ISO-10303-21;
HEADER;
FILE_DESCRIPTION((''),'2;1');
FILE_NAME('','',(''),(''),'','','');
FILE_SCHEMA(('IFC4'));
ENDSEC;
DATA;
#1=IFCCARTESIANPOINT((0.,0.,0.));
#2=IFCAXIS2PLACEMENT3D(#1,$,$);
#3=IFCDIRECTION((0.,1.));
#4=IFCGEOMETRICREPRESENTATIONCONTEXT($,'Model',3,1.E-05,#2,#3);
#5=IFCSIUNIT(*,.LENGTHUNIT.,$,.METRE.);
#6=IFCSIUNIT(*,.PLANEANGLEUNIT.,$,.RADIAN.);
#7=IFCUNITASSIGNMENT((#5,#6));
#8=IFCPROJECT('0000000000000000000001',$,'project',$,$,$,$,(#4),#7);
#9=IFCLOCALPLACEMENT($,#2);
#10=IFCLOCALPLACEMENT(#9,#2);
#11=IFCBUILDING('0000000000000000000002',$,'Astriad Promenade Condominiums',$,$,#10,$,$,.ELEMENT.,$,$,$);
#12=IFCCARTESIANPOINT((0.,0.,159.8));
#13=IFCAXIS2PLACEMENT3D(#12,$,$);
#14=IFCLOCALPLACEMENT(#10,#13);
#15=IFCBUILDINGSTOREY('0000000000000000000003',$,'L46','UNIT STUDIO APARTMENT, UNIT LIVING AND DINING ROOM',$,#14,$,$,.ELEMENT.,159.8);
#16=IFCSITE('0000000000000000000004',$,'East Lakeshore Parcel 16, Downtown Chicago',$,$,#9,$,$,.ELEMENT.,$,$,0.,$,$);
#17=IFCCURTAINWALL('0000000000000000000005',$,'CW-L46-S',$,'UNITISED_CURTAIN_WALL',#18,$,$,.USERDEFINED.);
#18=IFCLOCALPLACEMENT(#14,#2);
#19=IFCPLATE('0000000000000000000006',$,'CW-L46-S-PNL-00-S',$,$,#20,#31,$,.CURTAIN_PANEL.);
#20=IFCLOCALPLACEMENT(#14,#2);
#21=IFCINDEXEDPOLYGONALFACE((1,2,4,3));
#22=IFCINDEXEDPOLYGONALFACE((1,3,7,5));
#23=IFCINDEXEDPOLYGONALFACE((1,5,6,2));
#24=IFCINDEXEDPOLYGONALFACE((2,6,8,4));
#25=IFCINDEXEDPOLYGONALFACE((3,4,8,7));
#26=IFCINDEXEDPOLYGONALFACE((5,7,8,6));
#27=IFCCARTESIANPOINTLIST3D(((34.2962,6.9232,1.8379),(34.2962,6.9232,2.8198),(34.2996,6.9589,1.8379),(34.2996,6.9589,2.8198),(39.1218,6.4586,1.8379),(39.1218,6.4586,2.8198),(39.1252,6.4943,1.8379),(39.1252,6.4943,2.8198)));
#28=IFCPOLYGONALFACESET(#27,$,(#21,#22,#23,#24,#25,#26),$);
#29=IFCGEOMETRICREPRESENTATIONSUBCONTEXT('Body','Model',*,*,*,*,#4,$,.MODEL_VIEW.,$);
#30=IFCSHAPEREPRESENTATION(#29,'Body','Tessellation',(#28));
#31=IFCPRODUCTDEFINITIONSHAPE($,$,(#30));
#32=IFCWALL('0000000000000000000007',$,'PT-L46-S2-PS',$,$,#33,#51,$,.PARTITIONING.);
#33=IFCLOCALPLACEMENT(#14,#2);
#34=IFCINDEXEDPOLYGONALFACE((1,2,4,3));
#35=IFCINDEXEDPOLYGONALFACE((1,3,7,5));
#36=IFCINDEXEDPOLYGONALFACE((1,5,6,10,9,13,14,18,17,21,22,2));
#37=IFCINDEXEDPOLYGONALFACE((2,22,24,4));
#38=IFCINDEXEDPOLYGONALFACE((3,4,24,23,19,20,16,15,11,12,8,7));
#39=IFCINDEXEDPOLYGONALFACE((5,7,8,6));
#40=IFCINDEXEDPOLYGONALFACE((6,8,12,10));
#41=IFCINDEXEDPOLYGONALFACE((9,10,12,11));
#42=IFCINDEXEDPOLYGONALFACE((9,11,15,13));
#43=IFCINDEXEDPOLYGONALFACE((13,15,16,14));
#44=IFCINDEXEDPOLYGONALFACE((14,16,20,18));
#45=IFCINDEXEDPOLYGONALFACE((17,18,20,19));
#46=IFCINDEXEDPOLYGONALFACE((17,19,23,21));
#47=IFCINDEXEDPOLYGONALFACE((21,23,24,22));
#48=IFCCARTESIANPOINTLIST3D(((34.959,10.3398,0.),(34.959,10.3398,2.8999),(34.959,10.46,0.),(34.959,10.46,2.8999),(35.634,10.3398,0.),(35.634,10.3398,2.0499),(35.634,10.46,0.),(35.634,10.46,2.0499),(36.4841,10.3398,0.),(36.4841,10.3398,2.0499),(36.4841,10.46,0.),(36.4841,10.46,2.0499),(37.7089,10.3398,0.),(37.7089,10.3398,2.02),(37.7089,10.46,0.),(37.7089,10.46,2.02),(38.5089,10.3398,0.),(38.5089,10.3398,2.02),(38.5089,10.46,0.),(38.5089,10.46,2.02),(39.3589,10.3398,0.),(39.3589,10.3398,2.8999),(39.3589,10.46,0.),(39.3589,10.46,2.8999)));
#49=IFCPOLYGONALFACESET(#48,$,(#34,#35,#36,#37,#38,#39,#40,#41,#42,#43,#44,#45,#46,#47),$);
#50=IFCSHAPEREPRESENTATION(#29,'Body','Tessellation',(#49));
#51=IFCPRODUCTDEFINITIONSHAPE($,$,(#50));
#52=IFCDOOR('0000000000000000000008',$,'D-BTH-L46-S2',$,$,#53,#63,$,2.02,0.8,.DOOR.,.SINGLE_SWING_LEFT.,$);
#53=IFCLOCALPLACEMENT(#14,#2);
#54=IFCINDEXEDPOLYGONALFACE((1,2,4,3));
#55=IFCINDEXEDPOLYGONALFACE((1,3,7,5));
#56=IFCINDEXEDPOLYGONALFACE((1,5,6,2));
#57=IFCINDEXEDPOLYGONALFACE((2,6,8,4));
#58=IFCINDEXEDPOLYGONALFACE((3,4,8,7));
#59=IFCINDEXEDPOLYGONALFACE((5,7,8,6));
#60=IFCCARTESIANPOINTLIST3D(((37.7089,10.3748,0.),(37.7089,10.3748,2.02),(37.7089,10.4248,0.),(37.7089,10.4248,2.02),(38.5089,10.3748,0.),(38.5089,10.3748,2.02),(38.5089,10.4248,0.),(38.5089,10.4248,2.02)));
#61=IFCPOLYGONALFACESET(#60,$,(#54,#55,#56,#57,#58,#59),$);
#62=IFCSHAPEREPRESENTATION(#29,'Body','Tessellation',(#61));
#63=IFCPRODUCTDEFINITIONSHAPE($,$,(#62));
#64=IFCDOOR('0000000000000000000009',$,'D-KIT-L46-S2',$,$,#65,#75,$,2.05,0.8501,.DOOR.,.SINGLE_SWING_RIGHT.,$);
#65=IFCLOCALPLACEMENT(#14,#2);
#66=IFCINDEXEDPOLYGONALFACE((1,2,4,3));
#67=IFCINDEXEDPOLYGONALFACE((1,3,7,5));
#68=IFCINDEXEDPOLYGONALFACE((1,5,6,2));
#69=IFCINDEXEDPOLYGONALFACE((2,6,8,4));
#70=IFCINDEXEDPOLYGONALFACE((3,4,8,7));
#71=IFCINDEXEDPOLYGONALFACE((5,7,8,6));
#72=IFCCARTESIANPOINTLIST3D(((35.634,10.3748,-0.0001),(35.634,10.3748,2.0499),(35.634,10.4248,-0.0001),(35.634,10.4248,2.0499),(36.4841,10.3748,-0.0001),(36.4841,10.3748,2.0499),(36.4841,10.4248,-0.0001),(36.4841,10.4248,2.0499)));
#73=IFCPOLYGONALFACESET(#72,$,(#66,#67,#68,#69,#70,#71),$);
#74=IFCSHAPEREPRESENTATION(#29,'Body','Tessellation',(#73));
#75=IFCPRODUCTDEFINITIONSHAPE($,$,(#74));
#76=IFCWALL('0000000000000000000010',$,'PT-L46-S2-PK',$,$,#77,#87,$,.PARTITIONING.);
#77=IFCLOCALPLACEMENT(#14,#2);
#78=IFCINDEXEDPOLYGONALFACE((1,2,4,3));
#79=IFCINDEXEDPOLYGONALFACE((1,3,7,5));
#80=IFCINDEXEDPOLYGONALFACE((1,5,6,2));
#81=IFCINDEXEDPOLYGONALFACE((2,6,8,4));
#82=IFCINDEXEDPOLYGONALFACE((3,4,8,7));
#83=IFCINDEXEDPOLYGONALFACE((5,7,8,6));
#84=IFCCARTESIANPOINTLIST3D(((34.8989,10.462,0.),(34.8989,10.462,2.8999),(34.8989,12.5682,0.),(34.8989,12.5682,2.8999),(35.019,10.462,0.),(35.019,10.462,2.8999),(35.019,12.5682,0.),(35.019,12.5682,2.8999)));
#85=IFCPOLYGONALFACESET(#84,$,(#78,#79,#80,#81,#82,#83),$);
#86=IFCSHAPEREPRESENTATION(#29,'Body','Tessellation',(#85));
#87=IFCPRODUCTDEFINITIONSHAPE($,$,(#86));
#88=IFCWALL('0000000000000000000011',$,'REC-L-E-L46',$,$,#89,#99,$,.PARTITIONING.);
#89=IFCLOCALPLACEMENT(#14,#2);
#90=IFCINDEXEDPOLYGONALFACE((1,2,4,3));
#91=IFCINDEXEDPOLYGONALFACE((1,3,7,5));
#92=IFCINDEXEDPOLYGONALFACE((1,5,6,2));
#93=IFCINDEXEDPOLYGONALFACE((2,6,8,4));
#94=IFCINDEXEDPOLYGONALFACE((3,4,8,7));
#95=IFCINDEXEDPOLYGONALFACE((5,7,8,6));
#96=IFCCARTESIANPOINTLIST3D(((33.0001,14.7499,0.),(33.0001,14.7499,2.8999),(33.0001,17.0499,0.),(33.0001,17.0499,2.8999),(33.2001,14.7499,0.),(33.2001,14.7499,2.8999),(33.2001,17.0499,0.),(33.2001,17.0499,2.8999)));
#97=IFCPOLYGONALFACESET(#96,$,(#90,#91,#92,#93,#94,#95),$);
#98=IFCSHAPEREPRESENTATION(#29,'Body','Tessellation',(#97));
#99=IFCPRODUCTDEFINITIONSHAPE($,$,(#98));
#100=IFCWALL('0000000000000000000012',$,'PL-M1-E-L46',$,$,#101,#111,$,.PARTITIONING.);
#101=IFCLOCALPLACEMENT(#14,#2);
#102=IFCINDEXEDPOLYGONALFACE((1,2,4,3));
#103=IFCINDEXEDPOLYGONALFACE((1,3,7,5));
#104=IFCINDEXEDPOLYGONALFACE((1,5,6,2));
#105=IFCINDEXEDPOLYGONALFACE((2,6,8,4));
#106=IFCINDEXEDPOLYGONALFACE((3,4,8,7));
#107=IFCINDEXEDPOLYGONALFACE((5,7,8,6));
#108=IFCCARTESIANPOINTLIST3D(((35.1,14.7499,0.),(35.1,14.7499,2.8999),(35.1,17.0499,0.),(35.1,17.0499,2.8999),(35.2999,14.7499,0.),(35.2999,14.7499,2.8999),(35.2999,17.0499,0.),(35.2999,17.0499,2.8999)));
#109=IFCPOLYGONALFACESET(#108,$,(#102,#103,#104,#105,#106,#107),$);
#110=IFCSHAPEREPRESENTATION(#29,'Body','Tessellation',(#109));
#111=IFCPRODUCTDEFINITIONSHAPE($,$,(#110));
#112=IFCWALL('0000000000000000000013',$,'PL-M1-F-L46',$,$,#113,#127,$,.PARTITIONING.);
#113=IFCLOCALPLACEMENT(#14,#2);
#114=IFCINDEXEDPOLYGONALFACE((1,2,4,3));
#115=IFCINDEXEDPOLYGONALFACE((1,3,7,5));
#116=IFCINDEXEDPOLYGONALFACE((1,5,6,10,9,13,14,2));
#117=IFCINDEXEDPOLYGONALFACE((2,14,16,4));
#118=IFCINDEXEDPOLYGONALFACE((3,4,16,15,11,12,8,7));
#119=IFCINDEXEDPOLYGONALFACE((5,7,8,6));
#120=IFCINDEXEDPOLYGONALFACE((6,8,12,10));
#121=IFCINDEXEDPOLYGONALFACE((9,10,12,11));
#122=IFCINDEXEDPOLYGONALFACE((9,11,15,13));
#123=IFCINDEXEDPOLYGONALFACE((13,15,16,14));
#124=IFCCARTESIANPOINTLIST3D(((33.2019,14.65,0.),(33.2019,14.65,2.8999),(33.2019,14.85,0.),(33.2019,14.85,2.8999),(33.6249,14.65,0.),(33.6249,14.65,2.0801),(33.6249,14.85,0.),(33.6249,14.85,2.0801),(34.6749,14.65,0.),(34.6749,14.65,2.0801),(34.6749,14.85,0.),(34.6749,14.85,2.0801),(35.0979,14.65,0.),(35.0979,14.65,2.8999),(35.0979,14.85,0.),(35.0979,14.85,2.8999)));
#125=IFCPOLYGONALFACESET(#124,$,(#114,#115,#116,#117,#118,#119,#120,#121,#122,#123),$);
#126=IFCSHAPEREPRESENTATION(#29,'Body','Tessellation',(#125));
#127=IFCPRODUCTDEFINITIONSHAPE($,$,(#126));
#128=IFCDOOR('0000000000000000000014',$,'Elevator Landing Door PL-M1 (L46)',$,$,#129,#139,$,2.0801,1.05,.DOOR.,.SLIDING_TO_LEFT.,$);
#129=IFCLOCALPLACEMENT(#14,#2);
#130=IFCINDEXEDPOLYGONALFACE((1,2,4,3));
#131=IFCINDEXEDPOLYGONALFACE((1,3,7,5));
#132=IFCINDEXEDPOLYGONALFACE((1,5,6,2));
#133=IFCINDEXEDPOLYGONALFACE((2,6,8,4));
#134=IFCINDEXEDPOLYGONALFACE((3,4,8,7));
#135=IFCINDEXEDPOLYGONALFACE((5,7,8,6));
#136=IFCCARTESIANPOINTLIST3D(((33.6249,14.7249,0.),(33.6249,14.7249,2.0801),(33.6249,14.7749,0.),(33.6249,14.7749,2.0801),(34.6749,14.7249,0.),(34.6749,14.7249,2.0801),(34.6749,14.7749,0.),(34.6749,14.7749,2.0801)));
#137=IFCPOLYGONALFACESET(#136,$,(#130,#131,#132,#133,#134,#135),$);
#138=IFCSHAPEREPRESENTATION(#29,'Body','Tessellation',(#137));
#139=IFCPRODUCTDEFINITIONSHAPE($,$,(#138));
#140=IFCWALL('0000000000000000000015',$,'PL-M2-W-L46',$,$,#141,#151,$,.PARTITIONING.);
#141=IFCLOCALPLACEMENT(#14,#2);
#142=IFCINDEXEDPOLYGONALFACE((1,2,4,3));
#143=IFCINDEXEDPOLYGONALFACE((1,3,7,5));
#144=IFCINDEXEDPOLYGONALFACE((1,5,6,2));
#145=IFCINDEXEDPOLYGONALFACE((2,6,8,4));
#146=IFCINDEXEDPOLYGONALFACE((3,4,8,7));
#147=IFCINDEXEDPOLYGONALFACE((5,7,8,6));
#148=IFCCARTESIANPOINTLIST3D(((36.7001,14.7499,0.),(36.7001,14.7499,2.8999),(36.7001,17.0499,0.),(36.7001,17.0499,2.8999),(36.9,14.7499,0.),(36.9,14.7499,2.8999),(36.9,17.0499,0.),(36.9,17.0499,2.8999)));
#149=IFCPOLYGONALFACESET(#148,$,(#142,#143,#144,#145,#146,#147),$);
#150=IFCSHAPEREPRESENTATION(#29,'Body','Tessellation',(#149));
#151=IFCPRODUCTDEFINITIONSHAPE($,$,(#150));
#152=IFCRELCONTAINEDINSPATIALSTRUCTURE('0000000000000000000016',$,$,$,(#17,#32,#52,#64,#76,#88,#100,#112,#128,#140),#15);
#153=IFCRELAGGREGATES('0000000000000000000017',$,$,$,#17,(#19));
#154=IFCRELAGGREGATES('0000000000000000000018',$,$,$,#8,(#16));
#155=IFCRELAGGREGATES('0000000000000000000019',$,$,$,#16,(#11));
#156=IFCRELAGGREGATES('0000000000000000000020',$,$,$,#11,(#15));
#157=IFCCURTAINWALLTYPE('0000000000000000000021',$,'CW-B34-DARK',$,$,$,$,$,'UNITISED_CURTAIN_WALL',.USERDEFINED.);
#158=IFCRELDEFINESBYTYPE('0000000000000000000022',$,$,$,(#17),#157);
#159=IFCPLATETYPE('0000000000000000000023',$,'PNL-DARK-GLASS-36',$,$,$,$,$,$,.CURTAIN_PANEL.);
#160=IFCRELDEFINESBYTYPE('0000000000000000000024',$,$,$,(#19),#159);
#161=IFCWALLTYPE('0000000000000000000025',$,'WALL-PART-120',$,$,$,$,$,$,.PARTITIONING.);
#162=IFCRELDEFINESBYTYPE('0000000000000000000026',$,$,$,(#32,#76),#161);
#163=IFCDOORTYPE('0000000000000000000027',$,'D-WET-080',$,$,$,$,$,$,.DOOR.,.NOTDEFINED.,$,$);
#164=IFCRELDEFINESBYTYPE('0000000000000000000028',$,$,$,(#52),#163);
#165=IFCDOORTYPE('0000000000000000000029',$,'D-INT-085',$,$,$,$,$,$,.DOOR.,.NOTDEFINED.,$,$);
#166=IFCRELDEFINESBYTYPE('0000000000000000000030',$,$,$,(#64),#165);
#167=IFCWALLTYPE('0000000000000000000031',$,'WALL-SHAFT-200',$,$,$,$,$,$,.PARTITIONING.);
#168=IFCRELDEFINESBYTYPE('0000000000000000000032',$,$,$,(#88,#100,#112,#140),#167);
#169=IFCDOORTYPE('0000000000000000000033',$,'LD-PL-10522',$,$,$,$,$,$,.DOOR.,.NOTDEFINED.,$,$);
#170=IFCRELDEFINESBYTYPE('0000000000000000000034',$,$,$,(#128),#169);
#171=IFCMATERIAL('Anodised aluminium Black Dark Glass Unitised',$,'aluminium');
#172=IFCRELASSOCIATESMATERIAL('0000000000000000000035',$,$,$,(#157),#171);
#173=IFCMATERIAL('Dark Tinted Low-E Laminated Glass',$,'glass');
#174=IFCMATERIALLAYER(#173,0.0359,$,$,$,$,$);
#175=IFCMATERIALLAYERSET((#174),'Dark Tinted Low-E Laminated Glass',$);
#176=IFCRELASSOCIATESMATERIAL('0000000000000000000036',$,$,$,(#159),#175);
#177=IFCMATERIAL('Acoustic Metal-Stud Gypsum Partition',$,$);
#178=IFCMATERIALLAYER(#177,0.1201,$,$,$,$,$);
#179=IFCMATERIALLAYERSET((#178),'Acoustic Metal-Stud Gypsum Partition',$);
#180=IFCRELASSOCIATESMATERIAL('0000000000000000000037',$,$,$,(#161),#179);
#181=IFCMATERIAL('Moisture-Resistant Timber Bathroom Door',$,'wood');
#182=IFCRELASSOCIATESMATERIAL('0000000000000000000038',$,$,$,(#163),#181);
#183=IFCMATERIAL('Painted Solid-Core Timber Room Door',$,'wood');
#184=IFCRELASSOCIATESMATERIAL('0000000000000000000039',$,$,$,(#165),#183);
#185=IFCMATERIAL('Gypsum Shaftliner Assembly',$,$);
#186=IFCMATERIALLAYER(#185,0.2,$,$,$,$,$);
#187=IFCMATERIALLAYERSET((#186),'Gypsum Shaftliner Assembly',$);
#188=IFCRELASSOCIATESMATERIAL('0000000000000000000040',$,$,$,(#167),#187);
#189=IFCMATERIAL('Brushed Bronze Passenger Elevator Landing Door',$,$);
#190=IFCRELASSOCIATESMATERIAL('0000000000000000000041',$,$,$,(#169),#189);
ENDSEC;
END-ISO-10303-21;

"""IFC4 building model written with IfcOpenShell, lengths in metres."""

from ifc_helpers import new_model, si_unit, direction, frame, frame_2d, origin, origin_2d, place, context, subcontext, project, spatial, rectangle, extrude, source, transform, mapped, material, layer, layer_set, type_object, type_shapes, element, fill, aggregate, save


model = new_model("IFC4")

# Units and contexts
model_context = context("Model", 3, precision=1e-05, world=origin(), true_north=direction((0.0, 1.0)))
body_context = subcontext(model_context, "Body", "Model", "MODEL_VIEW")
ifc_project = project(units=[si_unit("LENGTHUNIT", "METRE"), si_unit("PLANEANGLEUNIT", "RADIAN")], contexts=[model_context])

# Site, building, storey
site_placement = place(None, origin())
site = spatial("IfcSite", under=ifc_project, at=site_placement, Name="East Lakeshore Parcel 16, Downtown Chicago", CompositionType="ELEMENT", RefElevation=0.0)
building_placement = place(site_placement, origin())
building = spatial("IfcBuilding", under=site, at=building_placement, Name="Astriad Promenade Condominiums", CompositionType="ELEMENT")
storey_placement = place(building_placement, frame((0.0, 0.0, 159.8)))
storey = spatial("IfcBuildingStorey", under=building, at=storey_placement, Name="L46", Description="UNIT STUDIO APARTMENT, UNIT LIVING AND DINING ROOM", CompositionType="ELEMENT", Elevation=159.8)

# Curtain wall, plate
ifc_material_1 = material(Name="Anodised aluminium Black Dark Glass Unitised", Category="aluminium")
curtain_wall_type = type_object("IfcCurtainWallType", Name="CW-B34-DARK", ElementType="UNITISED_CURTAIN_WALL", PredefinedType="USERDEFINED", material=ifc_material_1)
curtain_wall_placement = place(storey_placement, origin())
curtain_wall = element("IfcCurtainWall", 1, at=curtain_wall_placement, inside=storey, type_object=curtain_wall_type, Name="CW-L46-S", ObjectType="UNITISED_CURTAIN_WALL", PredefinedType="USERDEFINED")
ifc_material_2 = material(Name="Dark Tinted Low-E Laminated Glass", Category="glass")
ifc_layer_1 = layer(ifc_material_2, 0.0359)
ifc_layer_set_1 = layer_set([ifc_layer_1], Name="Dark Tinted Low-E Laminated Glass")
plate_type = type_object("IfcPlateType", Name="PNL-DARK-GLASS-36", PredefinedType="CURTAIN_PANEL", material=ifc_layer_set_1)
shared_shape_1 = source(origin(), body_context, "Body", "SweptSolid", [
    extrude(rectangle(XDim=4.8479, YDim=0.0359, at=origin_2d()), origin(), (0.0, 0.0, 1.0), 0.9819),
])
plate_1_placement = place(storey_placement, frame((36.7107, 6.7087, 1.8379), z_axis=(0.0, 0.0, 1.0), x_axis=(-0.995396, 0.095846, 0.0)))
plate_1 = element("IfcPlate", 2, at=plate_1_placement, type_object=plate_type, Name="CW-L46-S-PNL-00-S", PredefinedType="CURTAIN_PANEL", context=body_context, shape_type="MappedRepresentation", body=[
    mapped(shared_shape_1, transform((0.0, 0.0, 0.0), scale=1.0)),
])
aggregate(curtain_wall, [plate_1])

# Wall, openings, doors
ifc_material_3 = material(Name="Acoustic Metal-Stud Gypsum Partition")
ifc_layer_2 = layer(ifc_material_3, 0.1201)
ifc_layer_set_2 = layer_set([ifc_layer_2], Name="Acoustic Metal-Stud Gypsum Partition")
wall_type_1 = type_object("IfcWallType", Name="WALL-PART-120", PredefinedType="PARTITIONING", material=ifc_layer_set_2)
wall_1_placement = place(storey_placement, frame((34.959, 10.3999, 0.0), z_axis=(0.0, 0.0, 1.0), x_axis=(1.0, 0.0, 0.0)))
wall_1 = element("IfcWall", 3, at=wall_1_placement, inside=storey, type_object=wall_type_1, Name="PT-L46-S2-PS", PredefinedType="PARTITIONING", context=body_context, shape_type="SweptSolid", body=[
    extrude(rectangle(XDim=4.3999, YDim=0.1201, at=frame_2d((2.2, 0.0))), origin(), (0.0, 0.0, 1.0), 2.8999),
])
opening_1_placement = place(wall_1_placement, frame((0.675, 0.0, 0.0)))
opening_1 = element("IfcOpeningElement", 4, at=opening_1_placement, cuts=wall_1, PredefinedType="OPENING", context=body_context, shape_type="SweptSolid", body=[
    extrude(rectangle(XDim=0.8501, YDim=2.05, at=frame_2d((0.425, 1.0249))), frame((0.0, 0.0701, 0.0), z_axis=(0.0, -1.0, 0.0), x_axis=(1.0, 0.0, 0.0)), (0.0, 0.0, 1.0), 0.1401),
])
opening_2_placement = place(wall_1_placement, frame((2.75, 0.0, 0.0)))
opening_2 = element("IfcOpeningElement", 5, at=opening_2_placement, cuts=wall_1, PredefinedType="OPENING", context=body_context, shape_type="SweptSolid", body=[
    extrude(rectangle(XDim=0.8, YDim=2.02, at=frame_2d((0.3999, 1.01))), frame((0.0, 0.0701, 0.0), z_axis=(0.0, -1.0, 0.0), x_axis=(1.0, 0.0, 0.0)), (0.0, 0.0, 1.0), 0.1401),
])
ifc_material_4 = material(Name="Moisture-Resistant Timber Bathroom Door", Category="wood")
door_type_1 = type_object("IfcDoorType", Name="D-WET-080", OperationType="NOTDEFINED", PredefinedType="DOOR", material=ifc_material_4)
shared_shape_2 = source(origin(), body_context, "Body", "SweptSolid", [
    extrude(rectangle(XDim=0.8, YDim=2.02, at=frame_2d((0.3999, 1.01))), frame((0.0, 0.0249, 0.0), z_axis=(0.0, -1.0, 0.0), x_axis=(1.0, 0.0, 0.0)), (0.0, 0.0, 1.0), 0.05),
])
type_shapes(door_type_1, [shared_shape_2])
door_1_placement = place(opening_2_placement, origin())
door_1 = element("IfcDoor", 6, at=door_1_placement, inside=storey, type_object=door_type_1, Name="D-BTH-L46-S2", OperationType="SINGLE_SWING_LEFT", OverallHeight=2.02, OverallWidth=0.8, PredefinedType="DOOR", context=body_context, shape_type="MappedRepresentation", body=[
    mapped(shared_shape_2, transform((0.0, 0.0, 0.0), scale=1.0)),
])
fill(opening_2, door_1)
ifc_material_5 = material(Name="Painted Solid-Core Timber Room Door", Category="wood")
door_type_2 = type_object("IfcDoorType", Name="D-INT-085", OperationType="NOTDEFINED", PredefinedType="DOOR", material=ifc_material_5)
shared_shape_3 = source(origin(), body_context, "Body", "SweptSolid", [
    extrude(rectangle(XDim=0.8501, YDim=2.05, at=frame_2d((0.425, 1.0249))), frame((0.0, 0.0249, 0.0), z_axis=(0.0, -1.0, 0.0), x_axis=(1.0, 0.0, 0.0)), (0.0, 0.0, 1.0), 0.05),
])
type_shapes(door_type_2, [shared_shape_3])
door_2_placement = place(opening_1_placement, origin())
door_2 = element("IfcDoor", 7, at=door_2_placement, inside=storey, type_object=door_type_2, Name="D-KIT-L46-S2", OperationType="SINGLE_SWING_RIGHT", OverallHeight=2.05, OverallWidth=0.8501, PredefinedType="DOOR", context=body_context, shape_type="MappedRepresentation", body=[
    mapped(shared_shape_3, transform((0.0, 0.0, 0.0), scale=1.0)),
])
fill(opening_1, door_2)

# Walls
wall_2_placement = place(storey_placement, frame((34.959, 10.4619, 0.0), z_axis=(0.0, 0.0, 1.0), x_axis=(0.0, 1.0, 0.0)))
element("IfcWall", 8, at=wall_2_placement, inside=storey, type_object=wall_type_1, Name="PT-L46-S2-PK", PredefinedType="PARTITIONING", context=body_context, shape_type="SweptSolid", body=[
    extrude(rectangle(XDim=2.1062, YDim=0.1201, at=frame_2d((1.0532, 0.0))), origin(), (0.0, 0.0, 1.0), 2.8999),
])
ifc_material_6 = material(Name="Gypsum Shaftliner Assembly")
ifc_layer_3 = layer(ifc_material_6, 0.2)
ifc_layer_set_3 = layer_set([ifc_layer_3], Name="Gypsum Shaftliner Assembly")
wall_type_2 = type_object("IfcWallType", Name="WALL-SHAFT-200", PredefinedType="PARTITIONING", material=ifc_layer_set_3)
for number, where, z_axis, x_axis, name in (
    (9, (33.1001, 14.75, 0.0), (0.0, 0.0, 1.0), (0.0, 1.0, 0.0), "REC-L-E-L46"),
    (10, (35.2, 14.75, 0.0), (0.0, 0.0, 1.0), (0.0, 1.0, 0.0), "PL-M1-E-L46"),
):
    element("IfcWall", number, at=place(storey_placement, frame(where, z_axis=z_axis, x_axis=x_axis)), inside=storey, type_object=wall_type_2, Name=name, PredefinedType="PARTITIONING", context=body_context, shape_type="SweptSolid", body=[
        extrude(rectangle(XDim=2.3, YDim=0.2, at=frame_2d((1.1499, 0.0))), origin(), (0.0, 0.0, 1.0), 2.8999),
    ])

# Wall, opening, door
wall_3_placement = place(storey_placement, frame((33.2019, 14.75, 0.0), z_axis=(0.0, 0.0, 1.0), x_axis=(1.0, 0.0, 0.0)))
wall_3 = element("IfcWall", 11, at=wall_3_placement, inside=storey, type_object=wall_type_2, Name="PL-M1-F-L46", PredefinedType="PARTITIONING", context=body_context, shape_type="SweptSolid", body=[
    extrude(rectangle(XDim=1.896, YDim=0.2, at=frame_2d((0.948, 0.0))), origin(), (0.0, 0.0, 1.0), 2.8999),
])
opening_3_placement = place(wall_3_placement, frame((0.4231, 0.0, 0.0)))
opening_3 = element("IfcOpeningElement", 12, at=opening_3_placement, cuts=wall_3, PredefinedType="OPENING", context=body_context, shape_type="SweptSolid", body=[
    extrude(rectangle(XDim=1.05, YDim=2.0801, at=frame_2d((0.5249, 1.04))), frame((0.0, 0.1099, 0.0), z_axis=(0.0, -1.0, 0.0), x_axis=(1.0, 0.0, 0.0)), (0.0, 0.0, 1.0), 0.22),
])
ifc_material_7 = material(Name="Brushed Bronze Passenger Elevator Landing Door")
door_type_3 = type_object("IfcDoorType", Name="LD-PL-10522", OperationType="NOTDEFINED", PredefinedType="DOOR", material=ifc_material_7)
shared_shape_4 = source(origin(), body_context, "Body", "SweptSolid", [
    extrude(rectangle(XDim=1.05, YDim=2.0801, at=frame_2d((0.5249, 1.04))), frame((0.0, 0.0249, 0.0), z_axis=(0.0, -1.0, 0.0), x_axis=(1.0, 0.0, 0.0)), (0.0, 0.0, 1.0), 0.05),
])
type_shapes(door_type_3, [shared_shape_4])
door_3_placement = place(opening_3_placement, origin())
door_3 = element("IfcDoor", 13, at=door_3_placement, inside=storey, type_object=door_type_3, Name="Elevator Landing Door PL-M1 (L46)", OperationType="SLIDING_TO_LEFT", OverallHeight=2.0801, OverallWidth=1.05, PredefinedType="DOOR", context=body_context, shape_type="MappedRepresentation", body=[
    mapped(shared_shape_4, transform((0.0, 0.0, 0.0), scale=1.0)),
])
fill(opening_3, door_3)

# Wall
wall_4_placement = place(storey_placement, frame((36.8, 14.75, 0.0), z_axis=(0.0, 0.0, 1.0), x_axis=(0.0, 1.0, 0.0)))
element("IfcWall", 14, at=wall_4_placement, inside=storey, type_object=wall_type_2, Name="PL-M2-W-L46", PredefinedType="PARTITIONING", context=body_context, shape_type="SweptSolid", body=[
    extrude(rectangle(XDim=2.3, YDim=0.2, at=frame_2d((1.1499, 0.0))), origin(), (0.0, 0.0, 1.0), 2.8999),
])

save(model, "model.ifc")
